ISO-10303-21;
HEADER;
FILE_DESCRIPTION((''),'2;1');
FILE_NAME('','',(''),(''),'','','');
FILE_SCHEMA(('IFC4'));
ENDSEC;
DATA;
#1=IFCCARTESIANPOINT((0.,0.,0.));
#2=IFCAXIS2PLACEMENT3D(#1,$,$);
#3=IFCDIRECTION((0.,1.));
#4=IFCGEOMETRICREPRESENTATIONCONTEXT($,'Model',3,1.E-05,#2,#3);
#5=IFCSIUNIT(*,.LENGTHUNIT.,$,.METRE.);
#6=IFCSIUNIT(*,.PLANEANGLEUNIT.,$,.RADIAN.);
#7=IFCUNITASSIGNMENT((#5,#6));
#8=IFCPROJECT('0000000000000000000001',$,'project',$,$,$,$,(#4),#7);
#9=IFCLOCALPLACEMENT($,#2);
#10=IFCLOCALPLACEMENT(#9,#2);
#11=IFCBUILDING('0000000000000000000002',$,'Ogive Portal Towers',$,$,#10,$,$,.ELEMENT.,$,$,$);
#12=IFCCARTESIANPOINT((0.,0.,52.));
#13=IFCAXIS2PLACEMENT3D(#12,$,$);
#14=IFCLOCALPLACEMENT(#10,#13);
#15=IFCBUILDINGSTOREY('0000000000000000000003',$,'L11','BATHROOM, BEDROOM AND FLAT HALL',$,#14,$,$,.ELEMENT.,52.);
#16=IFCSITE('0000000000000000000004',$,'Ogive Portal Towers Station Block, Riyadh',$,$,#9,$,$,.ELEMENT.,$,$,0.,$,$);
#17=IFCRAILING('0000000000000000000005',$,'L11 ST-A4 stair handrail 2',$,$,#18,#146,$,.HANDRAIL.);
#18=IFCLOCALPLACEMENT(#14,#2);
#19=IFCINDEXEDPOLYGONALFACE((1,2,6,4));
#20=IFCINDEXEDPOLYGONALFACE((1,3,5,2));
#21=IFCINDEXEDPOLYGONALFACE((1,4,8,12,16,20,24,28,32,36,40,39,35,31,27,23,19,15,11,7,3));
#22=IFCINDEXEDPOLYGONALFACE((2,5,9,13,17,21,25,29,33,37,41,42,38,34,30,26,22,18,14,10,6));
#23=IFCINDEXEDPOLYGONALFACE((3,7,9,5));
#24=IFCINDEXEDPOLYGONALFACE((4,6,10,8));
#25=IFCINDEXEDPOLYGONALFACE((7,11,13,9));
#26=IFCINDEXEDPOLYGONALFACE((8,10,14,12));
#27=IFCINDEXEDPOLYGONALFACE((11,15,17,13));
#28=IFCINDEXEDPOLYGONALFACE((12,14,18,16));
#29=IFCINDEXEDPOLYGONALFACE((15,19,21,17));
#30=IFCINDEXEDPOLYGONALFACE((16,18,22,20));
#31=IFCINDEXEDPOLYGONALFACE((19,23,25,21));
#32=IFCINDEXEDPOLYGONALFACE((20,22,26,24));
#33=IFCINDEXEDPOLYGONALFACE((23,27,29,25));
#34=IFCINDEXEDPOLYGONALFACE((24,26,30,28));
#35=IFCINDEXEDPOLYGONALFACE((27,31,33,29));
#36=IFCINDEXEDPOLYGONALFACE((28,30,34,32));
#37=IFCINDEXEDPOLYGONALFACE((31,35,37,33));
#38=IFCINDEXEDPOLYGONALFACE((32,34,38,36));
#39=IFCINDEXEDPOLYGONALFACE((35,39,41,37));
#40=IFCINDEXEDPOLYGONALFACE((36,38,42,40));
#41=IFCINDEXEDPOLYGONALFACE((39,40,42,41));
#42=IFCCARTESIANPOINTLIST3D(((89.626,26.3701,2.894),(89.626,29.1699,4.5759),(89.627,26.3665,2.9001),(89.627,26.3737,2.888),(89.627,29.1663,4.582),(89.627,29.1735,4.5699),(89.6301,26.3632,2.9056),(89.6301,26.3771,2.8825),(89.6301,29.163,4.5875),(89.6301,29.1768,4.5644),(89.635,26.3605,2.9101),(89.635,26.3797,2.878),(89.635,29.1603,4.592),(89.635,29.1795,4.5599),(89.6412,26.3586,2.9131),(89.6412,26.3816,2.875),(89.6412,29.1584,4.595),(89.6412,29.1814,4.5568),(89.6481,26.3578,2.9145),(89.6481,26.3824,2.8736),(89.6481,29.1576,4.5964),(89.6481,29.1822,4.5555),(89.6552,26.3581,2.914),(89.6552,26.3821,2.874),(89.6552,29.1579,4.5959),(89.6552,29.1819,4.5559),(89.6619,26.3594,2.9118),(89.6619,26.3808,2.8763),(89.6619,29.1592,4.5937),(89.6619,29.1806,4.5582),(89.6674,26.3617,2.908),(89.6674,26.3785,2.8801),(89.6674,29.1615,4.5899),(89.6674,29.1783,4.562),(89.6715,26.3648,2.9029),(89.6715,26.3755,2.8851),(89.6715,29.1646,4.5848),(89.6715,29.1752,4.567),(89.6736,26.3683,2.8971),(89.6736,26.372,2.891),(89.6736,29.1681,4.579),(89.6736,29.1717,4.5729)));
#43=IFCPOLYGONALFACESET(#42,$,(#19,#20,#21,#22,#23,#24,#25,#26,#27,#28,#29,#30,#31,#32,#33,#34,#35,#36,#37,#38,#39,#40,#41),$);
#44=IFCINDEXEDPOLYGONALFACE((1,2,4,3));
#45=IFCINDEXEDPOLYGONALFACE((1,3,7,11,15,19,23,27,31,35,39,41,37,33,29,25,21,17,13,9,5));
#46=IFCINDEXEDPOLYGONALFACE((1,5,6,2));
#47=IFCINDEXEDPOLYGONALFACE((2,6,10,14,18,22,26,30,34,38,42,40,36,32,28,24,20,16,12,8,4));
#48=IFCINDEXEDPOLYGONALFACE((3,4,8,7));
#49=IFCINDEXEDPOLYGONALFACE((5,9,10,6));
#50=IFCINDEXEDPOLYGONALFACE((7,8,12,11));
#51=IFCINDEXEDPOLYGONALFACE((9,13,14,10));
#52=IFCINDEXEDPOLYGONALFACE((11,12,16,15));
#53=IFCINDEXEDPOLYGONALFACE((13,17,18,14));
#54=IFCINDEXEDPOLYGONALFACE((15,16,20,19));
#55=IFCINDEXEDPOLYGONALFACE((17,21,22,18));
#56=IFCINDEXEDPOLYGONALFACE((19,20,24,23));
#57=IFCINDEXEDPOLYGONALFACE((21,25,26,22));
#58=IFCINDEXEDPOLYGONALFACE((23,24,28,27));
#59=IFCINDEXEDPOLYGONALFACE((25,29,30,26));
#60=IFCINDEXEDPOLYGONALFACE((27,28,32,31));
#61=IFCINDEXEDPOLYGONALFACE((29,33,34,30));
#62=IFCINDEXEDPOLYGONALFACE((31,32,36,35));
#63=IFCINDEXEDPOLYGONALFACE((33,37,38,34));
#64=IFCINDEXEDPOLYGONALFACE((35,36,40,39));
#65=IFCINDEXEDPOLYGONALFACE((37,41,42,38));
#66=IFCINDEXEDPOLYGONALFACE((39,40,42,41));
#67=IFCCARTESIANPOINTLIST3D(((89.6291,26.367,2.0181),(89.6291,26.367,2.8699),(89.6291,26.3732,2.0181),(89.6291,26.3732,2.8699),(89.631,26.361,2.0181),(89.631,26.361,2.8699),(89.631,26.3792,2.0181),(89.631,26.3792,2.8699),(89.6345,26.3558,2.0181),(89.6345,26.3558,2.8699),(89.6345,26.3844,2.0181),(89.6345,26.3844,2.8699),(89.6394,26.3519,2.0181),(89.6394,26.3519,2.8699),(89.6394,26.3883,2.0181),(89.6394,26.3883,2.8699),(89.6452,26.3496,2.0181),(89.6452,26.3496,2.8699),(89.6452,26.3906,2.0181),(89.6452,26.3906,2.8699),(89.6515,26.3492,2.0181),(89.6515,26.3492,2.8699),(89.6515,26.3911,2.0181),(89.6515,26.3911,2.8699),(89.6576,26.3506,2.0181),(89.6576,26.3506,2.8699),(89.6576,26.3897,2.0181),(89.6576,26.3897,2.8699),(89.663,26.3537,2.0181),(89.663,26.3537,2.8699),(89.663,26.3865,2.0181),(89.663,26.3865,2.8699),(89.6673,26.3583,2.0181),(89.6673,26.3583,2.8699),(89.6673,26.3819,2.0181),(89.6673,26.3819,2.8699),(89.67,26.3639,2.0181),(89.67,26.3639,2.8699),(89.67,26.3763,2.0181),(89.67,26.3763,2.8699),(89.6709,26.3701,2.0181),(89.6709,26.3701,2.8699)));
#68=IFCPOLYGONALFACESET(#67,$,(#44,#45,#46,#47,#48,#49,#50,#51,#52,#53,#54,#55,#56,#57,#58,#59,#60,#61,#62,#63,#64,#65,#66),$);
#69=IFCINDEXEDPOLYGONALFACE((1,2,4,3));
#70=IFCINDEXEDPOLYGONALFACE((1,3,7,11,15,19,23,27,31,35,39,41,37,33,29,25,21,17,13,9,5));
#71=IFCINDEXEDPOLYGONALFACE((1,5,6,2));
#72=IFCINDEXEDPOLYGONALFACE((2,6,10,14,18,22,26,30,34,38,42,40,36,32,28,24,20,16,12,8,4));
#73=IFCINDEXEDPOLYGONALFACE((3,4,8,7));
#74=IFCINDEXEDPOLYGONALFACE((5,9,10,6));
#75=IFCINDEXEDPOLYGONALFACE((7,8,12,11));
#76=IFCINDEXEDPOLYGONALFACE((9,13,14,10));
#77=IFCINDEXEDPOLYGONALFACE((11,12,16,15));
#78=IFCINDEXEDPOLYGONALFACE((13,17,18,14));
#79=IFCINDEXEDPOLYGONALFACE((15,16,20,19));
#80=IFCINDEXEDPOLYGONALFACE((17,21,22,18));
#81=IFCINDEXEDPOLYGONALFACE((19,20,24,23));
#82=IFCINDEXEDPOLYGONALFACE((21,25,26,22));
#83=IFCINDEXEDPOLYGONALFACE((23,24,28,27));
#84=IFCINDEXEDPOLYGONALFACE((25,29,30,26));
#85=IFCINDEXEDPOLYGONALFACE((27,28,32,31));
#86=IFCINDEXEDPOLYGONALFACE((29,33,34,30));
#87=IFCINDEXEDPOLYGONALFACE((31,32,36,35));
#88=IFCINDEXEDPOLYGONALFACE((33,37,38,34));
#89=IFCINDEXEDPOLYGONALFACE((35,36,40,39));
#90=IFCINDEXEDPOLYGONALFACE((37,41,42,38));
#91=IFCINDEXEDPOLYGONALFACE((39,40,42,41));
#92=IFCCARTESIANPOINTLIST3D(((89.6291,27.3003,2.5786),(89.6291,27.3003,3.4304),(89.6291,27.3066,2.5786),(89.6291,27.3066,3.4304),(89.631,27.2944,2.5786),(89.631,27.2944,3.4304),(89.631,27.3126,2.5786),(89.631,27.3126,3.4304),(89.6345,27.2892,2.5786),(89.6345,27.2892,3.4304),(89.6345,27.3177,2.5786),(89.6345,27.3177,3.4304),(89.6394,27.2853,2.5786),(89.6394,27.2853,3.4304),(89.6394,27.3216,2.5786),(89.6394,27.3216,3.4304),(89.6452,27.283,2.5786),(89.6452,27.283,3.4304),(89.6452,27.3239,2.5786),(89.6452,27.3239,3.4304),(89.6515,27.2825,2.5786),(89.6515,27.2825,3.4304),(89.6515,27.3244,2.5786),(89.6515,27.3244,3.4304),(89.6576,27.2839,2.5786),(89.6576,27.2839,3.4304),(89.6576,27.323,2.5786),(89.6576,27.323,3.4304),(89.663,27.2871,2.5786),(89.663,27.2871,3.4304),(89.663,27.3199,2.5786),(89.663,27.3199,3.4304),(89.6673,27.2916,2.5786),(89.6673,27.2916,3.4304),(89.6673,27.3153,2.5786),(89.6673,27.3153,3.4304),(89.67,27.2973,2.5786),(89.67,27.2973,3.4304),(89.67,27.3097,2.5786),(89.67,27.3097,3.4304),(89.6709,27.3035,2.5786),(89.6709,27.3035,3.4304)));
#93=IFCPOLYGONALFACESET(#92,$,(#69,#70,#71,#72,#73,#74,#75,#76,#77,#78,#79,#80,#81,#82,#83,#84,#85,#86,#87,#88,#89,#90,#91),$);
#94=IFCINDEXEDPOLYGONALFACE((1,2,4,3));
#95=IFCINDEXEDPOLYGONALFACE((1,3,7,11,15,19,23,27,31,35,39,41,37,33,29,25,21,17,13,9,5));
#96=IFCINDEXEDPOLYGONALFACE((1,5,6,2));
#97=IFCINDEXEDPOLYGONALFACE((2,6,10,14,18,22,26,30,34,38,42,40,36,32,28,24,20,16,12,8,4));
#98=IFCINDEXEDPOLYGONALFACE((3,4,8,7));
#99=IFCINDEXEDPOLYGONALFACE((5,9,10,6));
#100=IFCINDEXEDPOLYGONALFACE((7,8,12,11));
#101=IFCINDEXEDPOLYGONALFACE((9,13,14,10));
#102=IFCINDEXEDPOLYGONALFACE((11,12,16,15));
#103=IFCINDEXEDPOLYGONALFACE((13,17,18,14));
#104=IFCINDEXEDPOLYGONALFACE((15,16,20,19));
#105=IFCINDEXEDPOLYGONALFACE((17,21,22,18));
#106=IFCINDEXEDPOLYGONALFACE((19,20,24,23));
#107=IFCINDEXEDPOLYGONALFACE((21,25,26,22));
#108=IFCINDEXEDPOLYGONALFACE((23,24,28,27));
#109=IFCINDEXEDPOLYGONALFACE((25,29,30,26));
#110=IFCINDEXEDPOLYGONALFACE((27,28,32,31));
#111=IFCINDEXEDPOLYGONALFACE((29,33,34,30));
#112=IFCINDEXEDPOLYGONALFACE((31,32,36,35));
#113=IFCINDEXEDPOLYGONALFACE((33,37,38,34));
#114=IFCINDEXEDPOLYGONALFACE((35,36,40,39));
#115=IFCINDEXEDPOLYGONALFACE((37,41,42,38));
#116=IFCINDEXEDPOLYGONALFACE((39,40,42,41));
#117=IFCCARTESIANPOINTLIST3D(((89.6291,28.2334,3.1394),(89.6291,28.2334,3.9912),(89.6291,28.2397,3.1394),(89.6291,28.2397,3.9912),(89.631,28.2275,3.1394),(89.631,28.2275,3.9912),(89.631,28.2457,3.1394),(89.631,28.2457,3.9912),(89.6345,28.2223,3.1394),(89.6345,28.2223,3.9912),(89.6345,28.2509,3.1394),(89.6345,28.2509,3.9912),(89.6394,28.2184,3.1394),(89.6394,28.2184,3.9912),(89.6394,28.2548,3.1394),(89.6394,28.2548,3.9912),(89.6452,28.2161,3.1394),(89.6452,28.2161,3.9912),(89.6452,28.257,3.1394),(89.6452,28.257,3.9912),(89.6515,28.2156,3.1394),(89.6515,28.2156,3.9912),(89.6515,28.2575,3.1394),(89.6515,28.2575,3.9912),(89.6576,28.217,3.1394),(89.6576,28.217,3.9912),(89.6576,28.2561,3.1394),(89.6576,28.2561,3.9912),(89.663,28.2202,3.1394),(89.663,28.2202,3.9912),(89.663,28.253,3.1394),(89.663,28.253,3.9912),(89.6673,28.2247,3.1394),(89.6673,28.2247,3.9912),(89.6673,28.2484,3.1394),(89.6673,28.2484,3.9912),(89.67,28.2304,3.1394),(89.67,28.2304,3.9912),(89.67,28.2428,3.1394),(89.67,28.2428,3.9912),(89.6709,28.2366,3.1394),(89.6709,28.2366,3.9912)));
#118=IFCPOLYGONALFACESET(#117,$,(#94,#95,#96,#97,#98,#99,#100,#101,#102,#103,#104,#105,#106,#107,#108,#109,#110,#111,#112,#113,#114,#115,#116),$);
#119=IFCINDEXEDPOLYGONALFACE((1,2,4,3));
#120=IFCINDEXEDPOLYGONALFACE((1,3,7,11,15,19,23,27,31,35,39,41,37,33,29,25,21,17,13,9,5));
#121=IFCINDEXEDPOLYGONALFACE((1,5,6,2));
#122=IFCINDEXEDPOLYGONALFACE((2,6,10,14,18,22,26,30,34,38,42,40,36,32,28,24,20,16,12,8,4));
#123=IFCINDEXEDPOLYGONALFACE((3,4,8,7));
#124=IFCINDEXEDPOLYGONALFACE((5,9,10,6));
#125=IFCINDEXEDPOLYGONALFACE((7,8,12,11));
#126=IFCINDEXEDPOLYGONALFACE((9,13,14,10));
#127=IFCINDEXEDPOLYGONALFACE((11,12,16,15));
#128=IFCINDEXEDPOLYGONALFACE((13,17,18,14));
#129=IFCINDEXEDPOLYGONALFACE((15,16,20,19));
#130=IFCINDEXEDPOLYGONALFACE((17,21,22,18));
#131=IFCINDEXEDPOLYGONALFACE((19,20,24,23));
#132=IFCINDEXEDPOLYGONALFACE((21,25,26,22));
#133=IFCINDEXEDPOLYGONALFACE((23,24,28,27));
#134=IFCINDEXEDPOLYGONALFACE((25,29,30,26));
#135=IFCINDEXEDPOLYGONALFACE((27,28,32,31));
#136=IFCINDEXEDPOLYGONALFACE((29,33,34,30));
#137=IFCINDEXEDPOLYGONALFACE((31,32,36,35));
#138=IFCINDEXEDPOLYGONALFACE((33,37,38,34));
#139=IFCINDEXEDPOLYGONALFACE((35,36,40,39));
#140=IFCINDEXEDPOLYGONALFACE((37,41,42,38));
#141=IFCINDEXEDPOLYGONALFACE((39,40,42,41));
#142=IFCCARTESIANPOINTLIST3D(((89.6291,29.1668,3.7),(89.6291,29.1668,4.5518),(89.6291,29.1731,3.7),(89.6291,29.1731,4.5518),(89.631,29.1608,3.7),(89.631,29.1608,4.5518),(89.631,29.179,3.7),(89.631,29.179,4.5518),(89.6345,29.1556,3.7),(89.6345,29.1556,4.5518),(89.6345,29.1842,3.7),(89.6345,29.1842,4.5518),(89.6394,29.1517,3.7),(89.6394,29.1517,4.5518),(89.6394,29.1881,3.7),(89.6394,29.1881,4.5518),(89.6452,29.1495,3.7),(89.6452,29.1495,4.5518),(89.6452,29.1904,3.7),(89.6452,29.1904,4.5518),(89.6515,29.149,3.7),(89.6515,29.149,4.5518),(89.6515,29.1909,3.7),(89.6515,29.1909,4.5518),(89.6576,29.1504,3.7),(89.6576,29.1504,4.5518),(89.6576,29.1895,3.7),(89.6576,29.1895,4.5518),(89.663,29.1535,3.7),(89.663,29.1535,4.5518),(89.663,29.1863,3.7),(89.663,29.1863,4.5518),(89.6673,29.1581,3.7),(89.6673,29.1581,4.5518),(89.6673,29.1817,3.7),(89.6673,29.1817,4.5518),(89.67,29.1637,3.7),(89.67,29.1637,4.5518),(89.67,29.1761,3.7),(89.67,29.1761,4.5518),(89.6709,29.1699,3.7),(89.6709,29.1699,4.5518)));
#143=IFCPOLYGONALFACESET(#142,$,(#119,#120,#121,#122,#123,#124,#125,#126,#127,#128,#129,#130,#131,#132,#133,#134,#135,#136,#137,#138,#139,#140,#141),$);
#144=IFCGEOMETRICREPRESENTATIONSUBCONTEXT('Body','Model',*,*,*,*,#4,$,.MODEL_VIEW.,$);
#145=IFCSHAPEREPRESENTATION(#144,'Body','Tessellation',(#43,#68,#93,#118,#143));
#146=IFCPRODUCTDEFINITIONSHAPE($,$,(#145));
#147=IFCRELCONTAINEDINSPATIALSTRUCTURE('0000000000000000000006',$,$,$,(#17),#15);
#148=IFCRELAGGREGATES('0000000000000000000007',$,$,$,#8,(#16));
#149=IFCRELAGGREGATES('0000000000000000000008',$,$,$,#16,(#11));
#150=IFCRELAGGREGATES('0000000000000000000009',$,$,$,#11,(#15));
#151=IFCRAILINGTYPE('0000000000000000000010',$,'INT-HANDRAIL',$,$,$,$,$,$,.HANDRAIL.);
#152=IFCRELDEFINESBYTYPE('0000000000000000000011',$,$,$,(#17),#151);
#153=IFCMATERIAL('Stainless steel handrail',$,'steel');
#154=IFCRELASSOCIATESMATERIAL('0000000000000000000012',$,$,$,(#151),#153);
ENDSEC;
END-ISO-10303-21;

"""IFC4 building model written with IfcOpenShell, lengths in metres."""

from ifc_helpers import new_model, si_unit, direction, frame, origin, origin_2d, place, context, subcontext, project, spatial, circle, extrude, material, type_object, element, save


model = new_model("IFC4")

# Units and contexts
model_context = context("Model", 3, precision=1e-05, world=origin(), true_north=direction((0.0, 1.0)))
body_context = subcontext(model_context, "Body", "Model", "MODEL_VIEW")
ifc_project = project(units=[si_unit("LENGTHUNIT", "METRE"), si_unit("PLANEANGLEUNIT", "RADIAN")], contexts=[model_context])

# Site, building, storey
site_placement = place(None, origin())
site = spatial("IfcSite", under=ifc_project, at=site_placement, Name="Ogive Portal Towers Station Block, Riyadh", CompositionType="ELEMENT", RefElevation=0.0)
building_placement = place(site_placement, origin())
building = spatial("IfcBuilding", under=site, at=building_placement, Name="Ogive Portal Towers", CompositionType="ELEMENT")
storey_placement = place(building_placement, frame((0.0, 0.0, 52.0)))
storey = spatial("IfcBuildingStorey", under=building, at=storey_placement, Name="L11", Description="BATHROOM, BEDROOM AND FLAT HALL", CompositionType="ELEMENT", Elevation=52.0)

# Railing
ifc_material_1 = material(Name="Stainless steel handrail", Category="steel")
railing_type_1 = type_object("IfcRailingType", Name="INT-HANDRAIL", PredefinedType="HANDRAIL", material=ifc_material_1)
railing_1_placement = place(storey_placement, frame((89.6499, 26.3701, 2.0181)))
element("IfcRailing", 1, at=railing_1_placement, inside=storey, type_object=railing_type_1, Name="L11 ST-A4 stair handrail 2", PredefinedType="HANDRAIL", context=body_context, shape_type="SweptSolid", body=[
    extrude(circle(Radius=0.0239, at=origin_2d()), frame((0.0, 0.0, 0.876), z_axis=(0.0, 0.857222, 0.514946), x_axis=(-1.0, 0.0, 0.0)), (0.0, 0.0, 1.0), 3.2661),
    extrude(circle(Radius=0.021, at=origin_2d()), origin(), (0.0, 0.0, 1.0), 0.8518),
    extrude(circle(Radius=0.021, at=origin_2d()), frame((0.0, 0.9333, 0.5605)), (0.0, 0.0, 1.0), 0.8518),
    extrude(circle(Radius=0.021, at=origin_2d()), frame((0.0, 1.8665, 1.1213)), (0.0, 0.0, 1.0), 0.8518),
    extrude(circle(Radius=0.021, at=origin_2d()), frame((0.0, 2.7998, 1.6819)), (0.0, 0.0, 1.0), 0.8518),
])

save(model, "model.ifc")
